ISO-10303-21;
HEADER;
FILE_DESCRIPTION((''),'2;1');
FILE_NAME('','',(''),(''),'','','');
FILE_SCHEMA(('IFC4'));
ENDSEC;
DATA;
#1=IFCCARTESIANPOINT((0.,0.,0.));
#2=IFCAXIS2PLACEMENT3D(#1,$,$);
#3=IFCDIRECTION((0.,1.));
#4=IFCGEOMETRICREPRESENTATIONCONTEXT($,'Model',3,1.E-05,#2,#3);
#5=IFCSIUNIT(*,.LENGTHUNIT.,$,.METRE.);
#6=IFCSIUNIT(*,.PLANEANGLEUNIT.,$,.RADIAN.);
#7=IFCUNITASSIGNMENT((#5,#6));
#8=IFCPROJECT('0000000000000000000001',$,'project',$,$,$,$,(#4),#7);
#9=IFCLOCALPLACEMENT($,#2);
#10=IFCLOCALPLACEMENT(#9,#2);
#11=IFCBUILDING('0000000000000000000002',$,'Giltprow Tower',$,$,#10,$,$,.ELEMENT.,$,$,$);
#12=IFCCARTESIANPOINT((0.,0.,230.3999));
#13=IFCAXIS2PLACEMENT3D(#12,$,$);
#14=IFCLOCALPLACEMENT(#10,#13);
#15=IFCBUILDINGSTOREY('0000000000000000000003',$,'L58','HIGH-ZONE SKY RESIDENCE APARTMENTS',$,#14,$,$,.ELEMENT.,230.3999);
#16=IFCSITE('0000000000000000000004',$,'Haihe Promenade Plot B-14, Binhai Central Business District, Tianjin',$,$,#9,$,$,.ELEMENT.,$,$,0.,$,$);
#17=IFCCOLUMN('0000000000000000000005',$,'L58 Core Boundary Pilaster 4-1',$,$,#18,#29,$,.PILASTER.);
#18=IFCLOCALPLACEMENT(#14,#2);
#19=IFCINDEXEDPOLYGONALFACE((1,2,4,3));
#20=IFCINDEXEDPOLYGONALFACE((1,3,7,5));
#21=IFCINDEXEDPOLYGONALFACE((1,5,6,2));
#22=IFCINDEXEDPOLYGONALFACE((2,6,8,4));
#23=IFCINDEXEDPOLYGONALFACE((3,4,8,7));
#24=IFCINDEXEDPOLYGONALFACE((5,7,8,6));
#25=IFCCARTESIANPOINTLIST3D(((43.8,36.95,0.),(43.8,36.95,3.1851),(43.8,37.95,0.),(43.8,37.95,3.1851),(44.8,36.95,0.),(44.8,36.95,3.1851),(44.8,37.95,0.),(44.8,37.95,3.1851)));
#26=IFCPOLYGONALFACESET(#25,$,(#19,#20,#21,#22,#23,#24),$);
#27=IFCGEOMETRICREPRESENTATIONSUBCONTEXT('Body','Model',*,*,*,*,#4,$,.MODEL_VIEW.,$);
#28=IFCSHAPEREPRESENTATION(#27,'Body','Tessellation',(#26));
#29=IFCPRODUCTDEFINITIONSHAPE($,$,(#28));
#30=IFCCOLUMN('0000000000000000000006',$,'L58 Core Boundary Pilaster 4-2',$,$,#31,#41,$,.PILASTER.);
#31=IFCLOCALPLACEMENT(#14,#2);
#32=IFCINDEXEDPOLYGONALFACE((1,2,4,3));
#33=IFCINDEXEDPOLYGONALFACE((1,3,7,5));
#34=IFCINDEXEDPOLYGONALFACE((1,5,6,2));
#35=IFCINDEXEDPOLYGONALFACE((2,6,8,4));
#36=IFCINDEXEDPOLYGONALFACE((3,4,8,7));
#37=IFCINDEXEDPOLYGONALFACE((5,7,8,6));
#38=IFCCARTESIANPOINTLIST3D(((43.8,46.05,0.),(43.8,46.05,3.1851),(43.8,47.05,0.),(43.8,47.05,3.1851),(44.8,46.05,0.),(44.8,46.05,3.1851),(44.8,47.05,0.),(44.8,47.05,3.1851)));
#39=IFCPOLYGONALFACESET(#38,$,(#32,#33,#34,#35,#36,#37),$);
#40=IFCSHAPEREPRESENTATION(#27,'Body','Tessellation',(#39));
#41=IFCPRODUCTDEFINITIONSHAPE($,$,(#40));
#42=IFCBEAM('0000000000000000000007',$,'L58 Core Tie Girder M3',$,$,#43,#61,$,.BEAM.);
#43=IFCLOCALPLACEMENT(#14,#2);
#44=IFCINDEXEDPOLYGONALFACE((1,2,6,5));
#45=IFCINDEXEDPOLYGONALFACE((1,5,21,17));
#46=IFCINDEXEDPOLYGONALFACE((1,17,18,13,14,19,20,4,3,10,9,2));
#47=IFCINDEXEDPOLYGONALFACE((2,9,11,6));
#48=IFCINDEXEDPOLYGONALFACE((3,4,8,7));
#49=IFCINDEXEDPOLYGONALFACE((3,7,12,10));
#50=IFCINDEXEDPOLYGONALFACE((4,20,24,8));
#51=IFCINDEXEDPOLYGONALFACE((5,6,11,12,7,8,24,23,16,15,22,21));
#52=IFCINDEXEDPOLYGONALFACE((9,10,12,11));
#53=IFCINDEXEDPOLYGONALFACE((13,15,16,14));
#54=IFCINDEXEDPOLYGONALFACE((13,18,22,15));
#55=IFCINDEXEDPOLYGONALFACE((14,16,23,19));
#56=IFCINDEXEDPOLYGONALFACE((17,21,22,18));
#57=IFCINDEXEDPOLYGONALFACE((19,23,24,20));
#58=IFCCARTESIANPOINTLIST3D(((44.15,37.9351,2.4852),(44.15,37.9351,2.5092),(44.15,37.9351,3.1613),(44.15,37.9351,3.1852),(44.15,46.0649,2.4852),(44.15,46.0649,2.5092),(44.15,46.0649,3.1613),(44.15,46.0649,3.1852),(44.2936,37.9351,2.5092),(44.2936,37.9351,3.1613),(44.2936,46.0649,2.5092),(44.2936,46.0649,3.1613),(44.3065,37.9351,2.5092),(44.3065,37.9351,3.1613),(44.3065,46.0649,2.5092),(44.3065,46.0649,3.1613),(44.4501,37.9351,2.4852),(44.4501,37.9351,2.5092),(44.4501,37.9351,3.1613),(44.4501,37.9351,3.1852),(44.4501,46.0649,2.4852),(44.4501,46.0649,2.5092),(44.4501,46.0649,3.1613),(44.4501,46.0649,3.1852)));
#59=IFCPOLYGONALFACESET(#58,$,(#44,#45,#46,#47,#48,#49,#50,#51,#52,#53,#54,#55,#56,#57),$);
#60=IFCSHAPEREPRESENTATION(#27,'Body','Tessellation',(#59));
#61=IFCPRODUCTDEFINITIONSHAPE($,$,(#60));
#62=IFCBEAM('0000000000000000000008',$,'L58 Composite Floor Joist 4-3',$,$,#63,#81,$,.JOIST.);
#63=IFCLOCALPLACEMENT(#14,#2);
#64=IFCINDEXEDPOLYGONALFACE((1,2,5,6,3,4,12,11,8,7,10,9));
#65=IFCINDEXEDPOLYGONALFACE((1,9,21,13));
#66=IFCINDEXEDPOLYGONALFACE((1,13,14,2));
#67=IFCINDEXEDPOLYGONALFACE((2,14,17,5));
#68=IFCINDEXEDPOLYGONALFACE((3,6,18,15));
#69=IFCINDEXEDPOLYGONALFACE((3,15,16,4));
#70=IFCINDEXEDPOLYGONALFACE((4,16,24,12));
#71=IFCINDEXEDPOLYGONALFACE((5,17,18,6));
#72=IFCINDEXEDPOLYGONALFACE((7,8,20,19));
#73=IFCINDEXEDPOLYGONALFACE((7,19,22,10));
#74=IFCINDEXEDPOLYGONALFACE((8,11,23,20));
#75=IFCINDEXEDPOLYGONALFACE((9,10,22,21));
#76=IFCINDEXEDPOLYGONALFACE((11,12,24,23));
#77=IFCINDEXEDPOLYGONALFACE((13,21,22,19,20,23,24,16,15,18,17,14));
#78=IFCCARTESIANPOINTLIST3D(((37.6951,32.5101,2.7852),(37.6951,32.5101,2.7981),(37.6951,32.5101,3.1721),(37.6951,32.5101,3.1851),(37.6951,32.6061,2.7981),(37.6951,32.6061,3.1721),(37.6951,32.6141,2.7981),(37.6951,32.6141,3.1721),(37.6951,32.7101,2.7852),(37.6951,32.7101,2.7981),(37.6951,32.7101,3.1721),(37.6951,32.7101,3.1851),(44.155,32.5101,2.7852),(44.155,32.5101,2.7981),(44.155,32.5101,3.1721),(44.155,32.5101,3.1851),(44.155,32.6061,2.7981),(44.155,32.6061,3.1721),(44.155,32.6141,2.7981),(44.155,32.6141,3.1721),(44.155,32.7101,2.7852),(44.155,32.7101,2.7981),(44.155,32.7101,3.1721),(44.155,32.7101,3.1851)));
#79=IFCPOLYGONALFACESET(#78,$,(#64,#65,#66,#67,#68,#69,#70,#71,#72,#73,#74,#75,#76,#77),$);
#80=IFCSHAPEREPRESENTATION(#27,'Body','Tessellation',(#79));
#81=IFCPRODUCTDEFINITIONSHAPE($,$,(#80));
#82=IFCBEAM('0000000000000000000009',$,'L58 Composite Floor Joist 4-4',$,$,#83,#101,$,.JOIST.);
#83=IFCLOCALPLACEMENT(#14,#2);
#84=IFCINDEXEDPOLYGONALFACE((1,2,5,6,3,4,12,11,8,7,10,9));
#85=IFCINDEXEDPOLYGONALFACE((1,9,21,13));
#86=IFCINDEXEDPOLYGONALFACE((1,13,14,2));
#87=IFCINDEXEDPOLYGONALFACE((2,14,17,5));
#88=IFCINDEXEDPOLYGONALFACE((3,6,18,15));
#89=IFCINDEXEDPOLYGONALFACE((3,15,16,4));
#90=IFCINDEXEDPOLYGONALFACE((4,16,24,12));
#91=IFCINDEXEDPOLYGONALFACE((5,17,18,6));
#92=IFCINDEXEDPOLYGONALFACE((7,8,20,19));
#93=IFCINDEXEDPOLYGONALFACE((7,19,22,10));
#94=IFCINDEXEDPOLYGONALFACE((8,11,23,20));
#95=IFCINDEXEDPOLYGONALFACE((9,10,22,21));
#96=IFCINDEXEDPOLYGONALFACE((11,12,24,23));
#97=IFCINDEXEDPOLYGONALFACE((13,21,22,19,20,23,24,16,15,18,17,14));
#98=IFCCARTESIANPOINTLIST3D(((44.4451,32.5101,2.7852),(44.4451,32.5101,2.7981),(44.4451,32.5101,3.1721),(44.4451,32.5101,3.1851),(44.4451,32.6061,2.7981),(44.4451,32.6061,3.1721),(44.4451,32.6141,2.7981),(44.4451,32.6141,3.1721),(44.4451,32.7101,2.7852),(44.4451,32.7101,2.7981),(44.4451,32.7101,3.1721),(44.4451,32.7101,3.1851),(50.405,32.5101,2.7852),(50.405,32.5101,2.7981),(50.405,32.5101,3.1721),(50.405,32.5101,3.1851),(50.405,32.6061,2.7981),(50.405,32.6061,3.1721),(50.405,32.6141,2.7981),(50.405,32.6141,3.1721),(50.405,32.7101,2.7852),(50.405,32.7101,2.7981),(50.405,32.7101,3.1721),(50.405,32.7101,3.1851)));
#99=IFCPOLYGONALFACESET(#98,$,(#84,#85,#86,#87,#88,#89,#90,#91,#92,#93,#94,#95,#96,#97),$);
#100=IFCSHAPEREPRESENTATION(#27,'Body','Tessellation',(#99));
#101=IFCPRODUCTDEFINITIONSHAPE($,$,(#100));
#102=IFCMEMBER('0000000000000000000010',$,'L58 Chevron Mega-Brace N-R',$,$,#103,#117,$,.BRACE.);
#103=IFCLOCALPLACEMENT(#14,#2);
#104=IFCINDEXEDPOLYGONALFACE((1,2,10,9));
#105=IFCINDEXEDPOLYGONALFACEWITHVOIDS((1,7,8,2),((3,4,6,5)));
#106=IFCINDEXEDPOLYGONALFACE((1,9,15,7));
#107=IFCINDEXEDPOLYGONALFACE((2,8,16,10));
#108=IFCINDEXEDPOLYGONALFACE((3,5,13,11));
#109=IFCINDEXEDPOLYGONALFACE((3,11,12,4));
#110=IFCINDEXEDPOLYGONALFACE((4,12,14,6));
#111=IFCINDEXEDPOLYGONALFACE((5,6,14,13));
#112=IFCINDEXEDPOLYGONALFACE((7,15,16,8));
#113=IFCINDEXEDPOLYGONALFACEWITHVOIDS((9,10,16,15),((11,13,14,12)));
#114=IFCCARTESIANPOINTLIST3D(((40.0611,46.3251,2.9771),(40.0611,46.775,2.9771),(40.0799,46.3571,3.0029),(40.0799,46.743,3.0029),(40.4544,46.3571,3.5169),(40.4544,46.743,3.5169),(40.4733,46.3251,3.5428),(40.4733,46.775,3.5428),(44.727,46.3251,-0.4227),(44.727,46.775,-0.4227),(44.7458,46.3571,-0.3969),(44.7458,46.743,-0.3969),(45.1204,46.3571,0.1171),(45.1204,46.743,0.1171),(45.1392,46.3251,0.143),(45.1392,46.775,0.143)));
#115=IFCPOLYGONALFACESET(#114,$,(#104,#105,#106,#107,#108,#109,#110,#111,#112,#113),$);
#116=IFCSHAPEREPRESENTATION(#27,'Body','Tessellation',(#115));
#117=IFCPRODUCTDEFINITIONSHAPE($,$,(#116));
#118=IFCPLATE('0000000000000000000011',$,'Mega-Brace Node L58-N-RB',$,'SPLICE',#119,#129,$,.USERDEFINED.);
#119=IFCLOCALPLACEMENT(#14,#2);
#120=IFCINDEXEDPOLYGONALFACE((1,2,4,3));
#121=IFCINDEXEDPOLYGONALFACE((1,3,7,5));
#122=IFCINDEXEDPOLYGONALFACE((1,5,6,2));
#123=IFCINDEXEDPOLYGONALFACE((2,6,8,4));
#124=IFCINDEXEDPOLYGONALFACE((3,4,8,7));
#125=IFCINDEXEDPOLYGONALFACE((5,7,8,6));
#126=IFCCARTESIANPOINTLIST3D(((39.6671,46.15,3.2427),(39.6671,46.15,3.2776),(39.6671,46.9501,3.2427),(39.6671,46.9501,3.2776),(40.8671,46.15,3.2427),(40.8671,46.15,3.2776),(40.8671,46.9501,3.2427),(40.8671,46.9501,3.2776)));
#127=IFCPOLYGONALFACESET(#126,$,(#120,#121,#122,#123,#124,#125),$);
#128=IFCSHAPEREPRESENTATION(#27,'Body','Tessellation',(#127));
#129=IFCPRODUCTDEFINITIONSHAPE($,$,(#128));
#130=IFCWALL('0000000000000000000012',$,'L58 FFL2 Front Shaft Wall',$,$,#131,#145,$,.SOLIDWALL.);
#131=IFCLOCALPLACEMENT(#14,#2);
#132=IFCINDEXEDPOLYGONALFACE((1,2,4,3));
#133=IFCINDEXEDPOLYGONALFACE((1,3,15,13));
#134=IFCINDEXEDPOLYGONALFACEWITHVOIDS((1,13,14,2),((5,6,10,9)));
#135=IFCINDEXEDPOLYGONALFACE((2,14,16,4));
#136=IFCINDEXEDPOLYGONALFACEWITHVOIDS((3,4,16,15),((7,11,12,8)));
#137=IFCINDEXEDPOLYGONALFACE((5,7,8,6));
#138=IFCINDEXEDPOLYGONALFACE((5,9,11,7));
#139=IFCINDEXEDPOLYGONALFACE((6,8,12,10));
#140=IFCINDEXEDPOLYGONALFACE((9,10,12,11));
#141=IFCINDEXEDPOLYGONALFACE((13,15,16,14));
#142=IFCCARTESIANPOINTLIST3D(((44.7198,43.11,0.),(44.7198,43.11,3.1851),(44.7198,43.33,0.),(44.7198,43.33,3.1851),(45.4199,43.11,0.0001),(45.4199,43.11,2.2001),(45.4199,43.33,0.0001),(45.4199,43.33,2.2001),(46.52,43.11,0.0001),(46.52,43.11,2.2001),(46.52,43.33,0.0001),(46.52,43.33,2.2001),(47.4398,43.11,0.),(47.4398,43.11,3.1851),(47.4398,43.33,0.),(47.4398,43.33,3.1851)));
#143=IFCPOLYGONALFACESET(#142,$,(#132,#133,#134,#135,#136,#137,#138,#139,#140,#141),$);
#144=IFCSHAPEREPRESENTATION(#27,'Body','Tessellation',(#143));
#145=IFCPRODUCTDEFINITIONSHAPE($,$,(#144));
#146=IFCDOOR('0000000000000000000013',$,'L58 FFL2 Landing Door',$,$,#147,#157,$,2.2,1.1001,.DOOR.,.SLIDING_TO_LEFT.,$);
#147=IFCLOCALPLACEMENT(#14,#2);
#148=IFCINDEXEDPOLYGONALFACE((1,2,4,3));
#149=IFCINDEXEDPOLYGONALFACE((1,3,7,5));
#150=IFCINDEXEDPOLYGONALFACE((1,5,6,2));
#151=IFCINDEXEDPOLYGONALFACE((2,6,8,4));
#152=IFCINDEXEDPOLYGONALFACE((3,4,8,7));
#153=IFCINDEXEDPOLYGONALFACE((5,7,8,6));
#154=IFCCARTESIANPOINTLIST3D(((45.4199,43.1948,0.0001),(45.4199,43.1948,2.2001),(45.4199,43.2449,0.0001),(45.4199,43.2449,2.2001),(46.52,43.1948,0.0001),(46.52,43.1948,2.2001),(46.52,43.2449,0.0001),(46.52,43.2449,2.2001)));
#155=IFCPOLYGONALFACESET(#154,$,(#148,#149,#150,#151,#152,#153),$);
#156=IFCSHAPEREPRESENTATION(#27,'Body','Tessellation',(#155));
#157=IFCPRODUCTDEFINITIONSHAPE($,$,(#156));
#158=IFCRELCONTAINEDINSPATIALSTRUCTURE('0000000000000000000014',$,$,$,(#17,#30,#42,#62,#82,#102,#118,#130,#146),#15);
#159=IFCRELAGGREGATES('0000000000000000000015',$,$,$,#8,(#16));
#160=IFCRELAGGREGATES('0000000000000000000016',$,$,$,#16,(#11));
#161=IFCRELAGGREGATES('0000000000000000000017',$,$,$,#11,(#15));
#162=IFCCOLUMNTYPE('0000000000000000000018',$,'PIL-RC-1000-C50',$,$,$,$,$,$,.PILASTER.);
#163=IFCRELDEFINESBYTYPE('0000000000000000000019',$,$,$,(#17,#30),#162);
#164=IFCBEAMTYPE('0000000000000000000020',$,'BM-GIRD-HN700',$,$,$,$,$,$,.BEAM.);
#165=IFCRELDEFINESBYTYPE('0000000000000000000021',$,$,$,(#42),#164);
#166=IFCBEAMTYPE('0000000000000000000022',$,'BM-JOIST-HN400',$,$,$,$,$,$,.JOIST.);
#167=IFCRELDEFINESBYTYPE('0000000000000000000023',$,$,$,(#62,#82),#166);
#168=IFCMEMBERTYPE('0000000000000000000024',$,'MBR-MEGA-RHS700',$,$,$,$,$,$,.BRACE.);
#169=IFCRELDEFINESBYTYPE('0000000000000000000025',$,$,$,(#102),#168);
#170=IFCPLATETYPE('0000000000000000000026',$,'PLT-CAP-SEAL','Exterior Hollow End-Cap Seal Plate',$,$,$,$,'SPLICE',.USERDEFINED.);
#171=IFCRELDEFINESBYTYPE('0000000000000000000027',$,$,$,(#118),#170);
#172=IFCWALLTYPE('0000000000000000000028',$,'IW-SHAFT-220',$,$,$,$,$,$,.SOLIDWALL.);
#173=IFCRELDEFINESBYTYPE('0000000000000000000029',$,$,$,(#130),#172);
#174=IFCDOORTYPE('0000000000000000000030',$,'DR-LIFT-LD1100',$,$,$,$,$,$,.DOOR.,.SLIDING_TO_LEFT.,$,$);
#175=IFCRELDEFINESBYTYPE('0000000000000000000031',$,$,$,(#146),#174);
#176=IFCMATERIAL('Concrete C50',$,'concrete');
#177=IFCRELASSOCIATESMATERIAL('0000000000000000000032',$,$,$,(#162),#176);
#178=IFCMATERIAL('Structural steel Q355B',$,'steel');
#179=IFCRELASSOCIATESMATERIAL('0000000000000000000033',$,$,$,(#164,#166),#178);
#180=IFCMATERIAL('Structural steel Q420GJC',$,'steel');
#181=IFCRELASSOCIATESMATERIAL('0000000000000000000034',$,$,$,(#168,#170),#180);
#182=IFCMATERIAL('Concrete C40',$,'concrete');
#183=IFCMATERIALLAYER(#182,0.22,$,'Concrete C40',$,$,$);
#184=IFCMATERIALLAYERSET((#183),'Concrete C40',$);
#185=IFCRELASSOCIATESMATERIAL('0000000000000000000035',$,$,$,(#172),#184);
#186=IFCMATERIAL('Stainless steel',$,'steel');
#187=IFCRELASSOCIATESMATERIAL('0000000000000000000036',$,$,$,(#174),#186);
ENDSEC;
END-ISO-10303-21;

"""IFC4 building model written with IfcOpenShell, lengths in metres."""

from ifc_helpers import new_model, si_unit, direction, frame, frame_2d, origin, origin_2d, place, context, subcontext, project, spatial, rectangle, hollow_rectangle, i_section, extrude, source, transform, mapped, material, layer, layer_set, material_profile, profile_set, type_object, element, fill, save


model = new_model("IFC4")

# Units and contexts
model_context = context("Model", 3, precision=1e-05, world=origin(), true_north=direction((0.0, 1.0)))
body_context = subcontext(model_context, "Body", "Model", "MODEL_VIEW")
ifc_project = project(units=[si_unit("LENGTHUNIT", "METRE"), si_unit("PLANEANGLEUNIT", "RADIAN")], contexts=[model_context])

# Site, building, storey
site_placement = place(None, origin())
site = spatial("IfcSite", under=ifc_project, at=site_placement, Name="Haihe Promenade Plot B-14, Binhai Central Business District, Tianjin", CompositionType="ELEMENT", RefElevation=0.0)
building_placement = place(site_placement, origin())
building = spatial("IfcBuilding", under=site, at=building_placement, Name="Giltprow Tower", CompositionType="ELEMENT")
storey_placement = place(building_placement, frame((0.0, 0.0, 230.3999)))
storey = spatial("IfcBuildingStorey", under=building, at=storey_placement, Name="L58", Description="HIGH-ZONE SKY RESIDENCE APARTMENTS", CompositionType="ELEMENT", Elevation=230.3999)

# Columns
ifc_material_1 = material(Name="Concrete C50", Category="concrete")
ifc_material_profile_1 = material_profile(ifc_material_1, rectangle(XDim=1.0, YDim=1.0, at=origin_2d()), Name="RC 1000x1000")
ifc_profile_set_1 = profile_set([ifc_material_profile_1], Name="Concrete C50")
column_type = type_object("IfcColumnType", Name="PIL-RC-1000-C50", PredefinedType="PILASTER", material=ifc_profile_set_1)
shared_shape_1 = source(origin(), body_context, "Body", "SweptSolid", [
    extrude(rectangle(XDim=1.0, YDim=1.0, at=origin_2d()), origin(), (0.0, 0.0, 1.0), 3.1851),
])
for number, where, z_axis, x_axis, name in (
    (1, (44.3, 37.45, 0.0), (0.0, 0.0, 1.0), (1.0, 0.0, 0.0), "L58 Core Boundary Pilaster 4-1"),
    (2, (44.3, 46.55, 0.0), (0.0, 0.0, 1.0), (1.0, 0.0, 0.0), "L58 Core Boundary Pilaster 4-2"),
):
    element("IfcColumn", number, at=place(storey_placement, frame(where, z_axis=z_axis, x_axis=x_axis)), inside=storey, type_object=column_type, Name=name, PredefinedType="PILASTER", context=body_context, shape_type="MappedRepresentation", body=[
        mapped(shared_shape_1, transform((0.0, 0.0, 0.0), x_axis=(1.0, 0.0, 0.0), y_axis=(0.0, 1.0, 0.0), z_axis=(0.0, 0.0, 1.0), scale=1.0)),
    ])

# Beams
ifc_material_2 = material(Name="Structural steel Q355B", Category="steel")
ifc_material_profile_2 = material_profile(ifc_material_2, i_section(OverallWidth=0.3, OverallDepth=0.7, WebThickness=0.0129, FlangeThickness=0.0239, at=origin_2d()), Name="HN 700x300x13x24")
ifc_profile_set_2 = profile_set([ifc_material_profile_2], Name="Structural steel Q355B")
beam_type_1 = type_object("IfcBeamType", Name="BM-GIRD-HN700", PredefinedType="BEAM", material=ifc_profile_set_2)
shared_shape_2 = source(origin(), body_context, "Body", "SweptSolid", [
    extrude(i_section(OverallWidth=0.3, OverallDepth=0.7, WebThickness=0.0129, FlangeThickness=0.0239, at=origin_2d()), origin(), (0.0, 0.0, 1.0), 8.1299),
])
beam_1_placement = place(storey_placement, frame((44.3, 37.9351, 2.8352), z_axis=(0.0, 1.0, 0.0), x_axis=(-1.0, 0.0, 0.0)))
element("IfcBeam", 3, at=beam_1_placement, inside=storey, type_object=beam_type_1, Name="L58 Core Tie Girder M3", PredefinedType="BEAM", context=body_context, shape_type="MappedRepresentation", body=[
    mapped(shared_shape_2, transform((0.0, 0.0, 0.0), x_axis=(1.0, 0.0, 0.0), y_axis=(0.0, 1.0, 0.0), z_axis=(0.0, 0.0, 1.0), scale=1.0)),
])
ifc_material_profile_3 = material_profile(ifc_material_2, i_section(OverallWidth=0.2, OverallDepth=0.3999, WebThickness=0.0081, FlangeThickness=0.0129, at=origin_2d()), Name="HN 400x200x8x13")
ifc_profile_set_3 = profile_set([ifc_material_profile_3], Name="Structural steel Q355B")
beam_type_2 = type_object("IfcBeamType", Name="BM-JOIST-HN400", PredefinedType="JOIST", material=ifc_profile_set_3)
shared_shape_3 = source(origin(), body_context, "Body", "SweptSolid", [
    extrude(i_section(OverallWidth=0.2, OverallDepth=0.3999, WebThickness=0.0081, FlangeThickness=0.0129, at=origin_2d()), origin(), (0.0, 0.0, 1.0), 6.46),
])
beam_2_placement = place(storey_placement, frame((37.6951, 32.6101, 2.9851), z_axis=(1.0, 0.0, 0.0), x_axis=(0.0, 1.0, 0.0)))
element("IfcBeam", 4, at=beam_2_placement, inside=storey, type_object=beam_type_2, Name="L58 Composite Floor Joist 4-3", PredefinedType="JOIST", context=body_context, shape_type="MappedRepresentation", body=[
    mapped(shared_shape_3, transform((0.0, 0.0, 0.0), x_axis=(1.0, 0.0, 0.0), y_axis=(0.0, 1.0, 0.0), z_axis=(0.0, 0.0, 1.0), scale=1.0)),
])
shared_shape_4 = source(origin(), body_context, "Body", "SweptSolid", [
    extrude(i_section(OverallWidth=0.2, OverallDepth=0.3999, WebThickness=0.0081, FlangeThickness=0.0129, at=origin_2d()), origin(), (0.0, 0.0, 1.0), 5.96),
])
beam_3_placement = place(storey_placement, frame((44.4451, 32.6101, 2.9851), z_axis=(1.0, 0.0, 0.0), x_axis=(0.0, 1.0, 0.0)))
element("IfcBeam", 5, at=beam_3_placement, inside=storey, type_object=beam_type_2, Name="L58 Composite Floor Joist 4-4", PredefinedType="JOIST", context=body_context, shape_type="MappedRepresentation", body=[
    mapped(shared_shape_4, transform((0.0, 0.0, 0.0), x_axis=(1.0, 0.0, 0.0), y_axis=(0.0, 1.0, 0.0), z_axis=(0.0, 0.0, 1.0), scale=1.0)),
])

# Member
ifc_material_3 = material(Name="Structural steel Q420GJC", Category="steel")
ifc_material_profile_4 = material_profile(ifc_material_3, hollow_rectangle(XDim=0.45, YDim=0.7, WallThickness=0.032, at=origin_2d()), Name="RHS 700x450x32")
ifc_profile_set_4 = profile_set([ifc_material_profile_4], Name="Structural steel Q420GJC")
member_type = type_object("IfcMemberType", Name="MBR-MEGA-RHS700", PredefinedType="BRACE", material=ifc_profile_set_4)
shared_shape_5 = source(origin(), body_context, "Body", "SweptSolid", [
    extrude(hollow_rectangle(XDim=0.45, YDim=0.7, WallThickness=0.032, at=origin_2d()), origin(), (0.0, 0.0, 1.0), 5.7732),
])
member_placement = place(storey_placement, frame((44.9331, 46.55, -0.1399), z_axis=(-0.808205, 0.0, 0.588901), x_axis=(0.0, -1.0, 0.0)))
element("IfcMember", 6, at=member_placement, inside=storey, type_object=member_type, Name="L58 Chevron Mega-Brace N-R", PredefinedType="BRACE", context=body_context, shape_type="MappedRepresentation", body=[
    mapped(shared_shape_5, transform((0.0, 0.0, 0.0), x_axis=(1.0, 0.0, 0.0), y_axis=(0.0, 1.0, 0.0), z_axis=(0.0, 0.0, 1.0), scale=1.0)),
])

# Plate
plate_type = type_object("IfcPlateType", Name="PLT-CAP-SEAL", Description="Exterior Hollow End-Cap Seal Plate", ElementType="SPLICE", PredefinedType="USERDEFINED", material=ifc_material_3)
shared_shape_6 = source(origin(), body_context, "Body", "SweptSolid", [
    extrude(rectangle(XDim=1.2, YDim=0.8, at=origin_2d()), origin(), (0.0, 0.0, 1.0), 0.0349),
])
plate_placement = place(storey_placement, frame((40.2671, 46.55, 3.2427), z_axis=(0.0, 0.0, 1.0), x_axis=(1.0, 0.0, 0.0)))
element("IfcPlate", 7, at=plate_placement, inside=storey, type_object=plate_type, Name="Mega-Brace Node L58-N-RB", ObjectType="SPLICE", PredefinedType="USERDEFINED", context=body_context, shape_type="MappedRepresentation", body=[
    mapped(shared_shape_6, transform((0.0, 0.0, 0.0), x_axis=(1.0, 0.0, 0.0), y_axis=(0.0, 1.0, 0.0), z_axis=(0.0, 0.0, 1.0), scale=1.0)),
])

# Wall, opening, door
ifc_material_4 = material(Name="Concrete C40", Category="concrete")
ifc_layer_1 = layer(ifc_material_4, 0.22, Name="Concrete C40")
ifc_layer_set_1 = layer_set([ifc_layer_1], Name="Concrete C40")
wall_type_1 = type_object("IfcWallType", Name="IW-SHAFT-220", PredefinedType="SOLIDWALL", material=ifc_layer_set_1)
wall_1_placement = place(storey_placement, frame((44.72, 43.22, 0.0), z_axis=(0.0, 0.0, 1.0), x_axis=(1.0, 0.0, 0.0)))
wall_1 = element("IfcWall", 8, at=wall_1_placement, inside=storey, type_object=wall_type_1, Name="L58 FFL2 Front Shaft Wall", PredefinedType="SOLIDWALL", context=body_context, shape_type="SweptSolid", body=[
    extrude(rectangle(XDim=2.72, YDim=0.22, at=frame_2d((1.3599, 0.0))), origin(), (0.0, 0.0, 1.0), 3.1851),
])
opening_1_placement = place(wall_1_placement, frame((0.7, 0.0, 0.0)))
opening_1 = element("IfcOpeningElement", 9, at=opening_1_placement, cuts=wall_1, PredefinedType="OPENING", context=body_context, shape_type="SweptSolid", body=[
    extrude(rectangle(XDim=1.1001, YDim=2.2, at=frame_2d((0.55, 1.1001))), frame((0.0, 0.1199, 0.0), z_axis=(0.0, -1.0, 0.0), x_axis=(1.0, 0.0, 0.0)), (0.0, 0.0, 1.0), 0.24),
])
ifc_material_5 = material(Name="Stainless steel", Category="steel")
door_type_1 = type_object("IfcDoorType", Name="DR-LIFT-LD1100", OperationType="SLIDING_TO_LEFT", PredefinedType="DOOR", material=ifc_material_5)
shared_shape_7 = source(origin(), body_context, "Body", "SweptSolid", [
    extrude(rectangle(XDim=1.1001, YDim=2.2, at=frame_2d((0.55, 1.1001))), frame((0.0, 0.0249, 0.0), z_axis=(0.0, -1.0, 0.0), x_axis=(1.0, 0.0, 0.0)), (0.0, 0.0, 1.0), 0.05),
])
door_1_placement = place(opening_1_placement, origin())
door_1 = element("IfcDoor", 10, at=door_1_placement, inside=storey, type_object=door_type_1, Name="L58 FFL2 Landing Door", OperationType="SLIDING_TO_LEFT", OverallHeight=2.2, OverallWidth=1.1001, PredefinedType="DOOR", context=body_context, shape_type="MappedRepresentation", body=[
    mapped(shared_shape_7, transform((0.0, 0.0, 0.0), x_axis=(1.0, 0.0, 0.0), y_axis=(0.0, 1.0, 0.0), z_axis=(0.0, 0.0, 1.0), scale=1.0)),
])
fill(opening_1, door_1)

save(model, "model.ifc")
